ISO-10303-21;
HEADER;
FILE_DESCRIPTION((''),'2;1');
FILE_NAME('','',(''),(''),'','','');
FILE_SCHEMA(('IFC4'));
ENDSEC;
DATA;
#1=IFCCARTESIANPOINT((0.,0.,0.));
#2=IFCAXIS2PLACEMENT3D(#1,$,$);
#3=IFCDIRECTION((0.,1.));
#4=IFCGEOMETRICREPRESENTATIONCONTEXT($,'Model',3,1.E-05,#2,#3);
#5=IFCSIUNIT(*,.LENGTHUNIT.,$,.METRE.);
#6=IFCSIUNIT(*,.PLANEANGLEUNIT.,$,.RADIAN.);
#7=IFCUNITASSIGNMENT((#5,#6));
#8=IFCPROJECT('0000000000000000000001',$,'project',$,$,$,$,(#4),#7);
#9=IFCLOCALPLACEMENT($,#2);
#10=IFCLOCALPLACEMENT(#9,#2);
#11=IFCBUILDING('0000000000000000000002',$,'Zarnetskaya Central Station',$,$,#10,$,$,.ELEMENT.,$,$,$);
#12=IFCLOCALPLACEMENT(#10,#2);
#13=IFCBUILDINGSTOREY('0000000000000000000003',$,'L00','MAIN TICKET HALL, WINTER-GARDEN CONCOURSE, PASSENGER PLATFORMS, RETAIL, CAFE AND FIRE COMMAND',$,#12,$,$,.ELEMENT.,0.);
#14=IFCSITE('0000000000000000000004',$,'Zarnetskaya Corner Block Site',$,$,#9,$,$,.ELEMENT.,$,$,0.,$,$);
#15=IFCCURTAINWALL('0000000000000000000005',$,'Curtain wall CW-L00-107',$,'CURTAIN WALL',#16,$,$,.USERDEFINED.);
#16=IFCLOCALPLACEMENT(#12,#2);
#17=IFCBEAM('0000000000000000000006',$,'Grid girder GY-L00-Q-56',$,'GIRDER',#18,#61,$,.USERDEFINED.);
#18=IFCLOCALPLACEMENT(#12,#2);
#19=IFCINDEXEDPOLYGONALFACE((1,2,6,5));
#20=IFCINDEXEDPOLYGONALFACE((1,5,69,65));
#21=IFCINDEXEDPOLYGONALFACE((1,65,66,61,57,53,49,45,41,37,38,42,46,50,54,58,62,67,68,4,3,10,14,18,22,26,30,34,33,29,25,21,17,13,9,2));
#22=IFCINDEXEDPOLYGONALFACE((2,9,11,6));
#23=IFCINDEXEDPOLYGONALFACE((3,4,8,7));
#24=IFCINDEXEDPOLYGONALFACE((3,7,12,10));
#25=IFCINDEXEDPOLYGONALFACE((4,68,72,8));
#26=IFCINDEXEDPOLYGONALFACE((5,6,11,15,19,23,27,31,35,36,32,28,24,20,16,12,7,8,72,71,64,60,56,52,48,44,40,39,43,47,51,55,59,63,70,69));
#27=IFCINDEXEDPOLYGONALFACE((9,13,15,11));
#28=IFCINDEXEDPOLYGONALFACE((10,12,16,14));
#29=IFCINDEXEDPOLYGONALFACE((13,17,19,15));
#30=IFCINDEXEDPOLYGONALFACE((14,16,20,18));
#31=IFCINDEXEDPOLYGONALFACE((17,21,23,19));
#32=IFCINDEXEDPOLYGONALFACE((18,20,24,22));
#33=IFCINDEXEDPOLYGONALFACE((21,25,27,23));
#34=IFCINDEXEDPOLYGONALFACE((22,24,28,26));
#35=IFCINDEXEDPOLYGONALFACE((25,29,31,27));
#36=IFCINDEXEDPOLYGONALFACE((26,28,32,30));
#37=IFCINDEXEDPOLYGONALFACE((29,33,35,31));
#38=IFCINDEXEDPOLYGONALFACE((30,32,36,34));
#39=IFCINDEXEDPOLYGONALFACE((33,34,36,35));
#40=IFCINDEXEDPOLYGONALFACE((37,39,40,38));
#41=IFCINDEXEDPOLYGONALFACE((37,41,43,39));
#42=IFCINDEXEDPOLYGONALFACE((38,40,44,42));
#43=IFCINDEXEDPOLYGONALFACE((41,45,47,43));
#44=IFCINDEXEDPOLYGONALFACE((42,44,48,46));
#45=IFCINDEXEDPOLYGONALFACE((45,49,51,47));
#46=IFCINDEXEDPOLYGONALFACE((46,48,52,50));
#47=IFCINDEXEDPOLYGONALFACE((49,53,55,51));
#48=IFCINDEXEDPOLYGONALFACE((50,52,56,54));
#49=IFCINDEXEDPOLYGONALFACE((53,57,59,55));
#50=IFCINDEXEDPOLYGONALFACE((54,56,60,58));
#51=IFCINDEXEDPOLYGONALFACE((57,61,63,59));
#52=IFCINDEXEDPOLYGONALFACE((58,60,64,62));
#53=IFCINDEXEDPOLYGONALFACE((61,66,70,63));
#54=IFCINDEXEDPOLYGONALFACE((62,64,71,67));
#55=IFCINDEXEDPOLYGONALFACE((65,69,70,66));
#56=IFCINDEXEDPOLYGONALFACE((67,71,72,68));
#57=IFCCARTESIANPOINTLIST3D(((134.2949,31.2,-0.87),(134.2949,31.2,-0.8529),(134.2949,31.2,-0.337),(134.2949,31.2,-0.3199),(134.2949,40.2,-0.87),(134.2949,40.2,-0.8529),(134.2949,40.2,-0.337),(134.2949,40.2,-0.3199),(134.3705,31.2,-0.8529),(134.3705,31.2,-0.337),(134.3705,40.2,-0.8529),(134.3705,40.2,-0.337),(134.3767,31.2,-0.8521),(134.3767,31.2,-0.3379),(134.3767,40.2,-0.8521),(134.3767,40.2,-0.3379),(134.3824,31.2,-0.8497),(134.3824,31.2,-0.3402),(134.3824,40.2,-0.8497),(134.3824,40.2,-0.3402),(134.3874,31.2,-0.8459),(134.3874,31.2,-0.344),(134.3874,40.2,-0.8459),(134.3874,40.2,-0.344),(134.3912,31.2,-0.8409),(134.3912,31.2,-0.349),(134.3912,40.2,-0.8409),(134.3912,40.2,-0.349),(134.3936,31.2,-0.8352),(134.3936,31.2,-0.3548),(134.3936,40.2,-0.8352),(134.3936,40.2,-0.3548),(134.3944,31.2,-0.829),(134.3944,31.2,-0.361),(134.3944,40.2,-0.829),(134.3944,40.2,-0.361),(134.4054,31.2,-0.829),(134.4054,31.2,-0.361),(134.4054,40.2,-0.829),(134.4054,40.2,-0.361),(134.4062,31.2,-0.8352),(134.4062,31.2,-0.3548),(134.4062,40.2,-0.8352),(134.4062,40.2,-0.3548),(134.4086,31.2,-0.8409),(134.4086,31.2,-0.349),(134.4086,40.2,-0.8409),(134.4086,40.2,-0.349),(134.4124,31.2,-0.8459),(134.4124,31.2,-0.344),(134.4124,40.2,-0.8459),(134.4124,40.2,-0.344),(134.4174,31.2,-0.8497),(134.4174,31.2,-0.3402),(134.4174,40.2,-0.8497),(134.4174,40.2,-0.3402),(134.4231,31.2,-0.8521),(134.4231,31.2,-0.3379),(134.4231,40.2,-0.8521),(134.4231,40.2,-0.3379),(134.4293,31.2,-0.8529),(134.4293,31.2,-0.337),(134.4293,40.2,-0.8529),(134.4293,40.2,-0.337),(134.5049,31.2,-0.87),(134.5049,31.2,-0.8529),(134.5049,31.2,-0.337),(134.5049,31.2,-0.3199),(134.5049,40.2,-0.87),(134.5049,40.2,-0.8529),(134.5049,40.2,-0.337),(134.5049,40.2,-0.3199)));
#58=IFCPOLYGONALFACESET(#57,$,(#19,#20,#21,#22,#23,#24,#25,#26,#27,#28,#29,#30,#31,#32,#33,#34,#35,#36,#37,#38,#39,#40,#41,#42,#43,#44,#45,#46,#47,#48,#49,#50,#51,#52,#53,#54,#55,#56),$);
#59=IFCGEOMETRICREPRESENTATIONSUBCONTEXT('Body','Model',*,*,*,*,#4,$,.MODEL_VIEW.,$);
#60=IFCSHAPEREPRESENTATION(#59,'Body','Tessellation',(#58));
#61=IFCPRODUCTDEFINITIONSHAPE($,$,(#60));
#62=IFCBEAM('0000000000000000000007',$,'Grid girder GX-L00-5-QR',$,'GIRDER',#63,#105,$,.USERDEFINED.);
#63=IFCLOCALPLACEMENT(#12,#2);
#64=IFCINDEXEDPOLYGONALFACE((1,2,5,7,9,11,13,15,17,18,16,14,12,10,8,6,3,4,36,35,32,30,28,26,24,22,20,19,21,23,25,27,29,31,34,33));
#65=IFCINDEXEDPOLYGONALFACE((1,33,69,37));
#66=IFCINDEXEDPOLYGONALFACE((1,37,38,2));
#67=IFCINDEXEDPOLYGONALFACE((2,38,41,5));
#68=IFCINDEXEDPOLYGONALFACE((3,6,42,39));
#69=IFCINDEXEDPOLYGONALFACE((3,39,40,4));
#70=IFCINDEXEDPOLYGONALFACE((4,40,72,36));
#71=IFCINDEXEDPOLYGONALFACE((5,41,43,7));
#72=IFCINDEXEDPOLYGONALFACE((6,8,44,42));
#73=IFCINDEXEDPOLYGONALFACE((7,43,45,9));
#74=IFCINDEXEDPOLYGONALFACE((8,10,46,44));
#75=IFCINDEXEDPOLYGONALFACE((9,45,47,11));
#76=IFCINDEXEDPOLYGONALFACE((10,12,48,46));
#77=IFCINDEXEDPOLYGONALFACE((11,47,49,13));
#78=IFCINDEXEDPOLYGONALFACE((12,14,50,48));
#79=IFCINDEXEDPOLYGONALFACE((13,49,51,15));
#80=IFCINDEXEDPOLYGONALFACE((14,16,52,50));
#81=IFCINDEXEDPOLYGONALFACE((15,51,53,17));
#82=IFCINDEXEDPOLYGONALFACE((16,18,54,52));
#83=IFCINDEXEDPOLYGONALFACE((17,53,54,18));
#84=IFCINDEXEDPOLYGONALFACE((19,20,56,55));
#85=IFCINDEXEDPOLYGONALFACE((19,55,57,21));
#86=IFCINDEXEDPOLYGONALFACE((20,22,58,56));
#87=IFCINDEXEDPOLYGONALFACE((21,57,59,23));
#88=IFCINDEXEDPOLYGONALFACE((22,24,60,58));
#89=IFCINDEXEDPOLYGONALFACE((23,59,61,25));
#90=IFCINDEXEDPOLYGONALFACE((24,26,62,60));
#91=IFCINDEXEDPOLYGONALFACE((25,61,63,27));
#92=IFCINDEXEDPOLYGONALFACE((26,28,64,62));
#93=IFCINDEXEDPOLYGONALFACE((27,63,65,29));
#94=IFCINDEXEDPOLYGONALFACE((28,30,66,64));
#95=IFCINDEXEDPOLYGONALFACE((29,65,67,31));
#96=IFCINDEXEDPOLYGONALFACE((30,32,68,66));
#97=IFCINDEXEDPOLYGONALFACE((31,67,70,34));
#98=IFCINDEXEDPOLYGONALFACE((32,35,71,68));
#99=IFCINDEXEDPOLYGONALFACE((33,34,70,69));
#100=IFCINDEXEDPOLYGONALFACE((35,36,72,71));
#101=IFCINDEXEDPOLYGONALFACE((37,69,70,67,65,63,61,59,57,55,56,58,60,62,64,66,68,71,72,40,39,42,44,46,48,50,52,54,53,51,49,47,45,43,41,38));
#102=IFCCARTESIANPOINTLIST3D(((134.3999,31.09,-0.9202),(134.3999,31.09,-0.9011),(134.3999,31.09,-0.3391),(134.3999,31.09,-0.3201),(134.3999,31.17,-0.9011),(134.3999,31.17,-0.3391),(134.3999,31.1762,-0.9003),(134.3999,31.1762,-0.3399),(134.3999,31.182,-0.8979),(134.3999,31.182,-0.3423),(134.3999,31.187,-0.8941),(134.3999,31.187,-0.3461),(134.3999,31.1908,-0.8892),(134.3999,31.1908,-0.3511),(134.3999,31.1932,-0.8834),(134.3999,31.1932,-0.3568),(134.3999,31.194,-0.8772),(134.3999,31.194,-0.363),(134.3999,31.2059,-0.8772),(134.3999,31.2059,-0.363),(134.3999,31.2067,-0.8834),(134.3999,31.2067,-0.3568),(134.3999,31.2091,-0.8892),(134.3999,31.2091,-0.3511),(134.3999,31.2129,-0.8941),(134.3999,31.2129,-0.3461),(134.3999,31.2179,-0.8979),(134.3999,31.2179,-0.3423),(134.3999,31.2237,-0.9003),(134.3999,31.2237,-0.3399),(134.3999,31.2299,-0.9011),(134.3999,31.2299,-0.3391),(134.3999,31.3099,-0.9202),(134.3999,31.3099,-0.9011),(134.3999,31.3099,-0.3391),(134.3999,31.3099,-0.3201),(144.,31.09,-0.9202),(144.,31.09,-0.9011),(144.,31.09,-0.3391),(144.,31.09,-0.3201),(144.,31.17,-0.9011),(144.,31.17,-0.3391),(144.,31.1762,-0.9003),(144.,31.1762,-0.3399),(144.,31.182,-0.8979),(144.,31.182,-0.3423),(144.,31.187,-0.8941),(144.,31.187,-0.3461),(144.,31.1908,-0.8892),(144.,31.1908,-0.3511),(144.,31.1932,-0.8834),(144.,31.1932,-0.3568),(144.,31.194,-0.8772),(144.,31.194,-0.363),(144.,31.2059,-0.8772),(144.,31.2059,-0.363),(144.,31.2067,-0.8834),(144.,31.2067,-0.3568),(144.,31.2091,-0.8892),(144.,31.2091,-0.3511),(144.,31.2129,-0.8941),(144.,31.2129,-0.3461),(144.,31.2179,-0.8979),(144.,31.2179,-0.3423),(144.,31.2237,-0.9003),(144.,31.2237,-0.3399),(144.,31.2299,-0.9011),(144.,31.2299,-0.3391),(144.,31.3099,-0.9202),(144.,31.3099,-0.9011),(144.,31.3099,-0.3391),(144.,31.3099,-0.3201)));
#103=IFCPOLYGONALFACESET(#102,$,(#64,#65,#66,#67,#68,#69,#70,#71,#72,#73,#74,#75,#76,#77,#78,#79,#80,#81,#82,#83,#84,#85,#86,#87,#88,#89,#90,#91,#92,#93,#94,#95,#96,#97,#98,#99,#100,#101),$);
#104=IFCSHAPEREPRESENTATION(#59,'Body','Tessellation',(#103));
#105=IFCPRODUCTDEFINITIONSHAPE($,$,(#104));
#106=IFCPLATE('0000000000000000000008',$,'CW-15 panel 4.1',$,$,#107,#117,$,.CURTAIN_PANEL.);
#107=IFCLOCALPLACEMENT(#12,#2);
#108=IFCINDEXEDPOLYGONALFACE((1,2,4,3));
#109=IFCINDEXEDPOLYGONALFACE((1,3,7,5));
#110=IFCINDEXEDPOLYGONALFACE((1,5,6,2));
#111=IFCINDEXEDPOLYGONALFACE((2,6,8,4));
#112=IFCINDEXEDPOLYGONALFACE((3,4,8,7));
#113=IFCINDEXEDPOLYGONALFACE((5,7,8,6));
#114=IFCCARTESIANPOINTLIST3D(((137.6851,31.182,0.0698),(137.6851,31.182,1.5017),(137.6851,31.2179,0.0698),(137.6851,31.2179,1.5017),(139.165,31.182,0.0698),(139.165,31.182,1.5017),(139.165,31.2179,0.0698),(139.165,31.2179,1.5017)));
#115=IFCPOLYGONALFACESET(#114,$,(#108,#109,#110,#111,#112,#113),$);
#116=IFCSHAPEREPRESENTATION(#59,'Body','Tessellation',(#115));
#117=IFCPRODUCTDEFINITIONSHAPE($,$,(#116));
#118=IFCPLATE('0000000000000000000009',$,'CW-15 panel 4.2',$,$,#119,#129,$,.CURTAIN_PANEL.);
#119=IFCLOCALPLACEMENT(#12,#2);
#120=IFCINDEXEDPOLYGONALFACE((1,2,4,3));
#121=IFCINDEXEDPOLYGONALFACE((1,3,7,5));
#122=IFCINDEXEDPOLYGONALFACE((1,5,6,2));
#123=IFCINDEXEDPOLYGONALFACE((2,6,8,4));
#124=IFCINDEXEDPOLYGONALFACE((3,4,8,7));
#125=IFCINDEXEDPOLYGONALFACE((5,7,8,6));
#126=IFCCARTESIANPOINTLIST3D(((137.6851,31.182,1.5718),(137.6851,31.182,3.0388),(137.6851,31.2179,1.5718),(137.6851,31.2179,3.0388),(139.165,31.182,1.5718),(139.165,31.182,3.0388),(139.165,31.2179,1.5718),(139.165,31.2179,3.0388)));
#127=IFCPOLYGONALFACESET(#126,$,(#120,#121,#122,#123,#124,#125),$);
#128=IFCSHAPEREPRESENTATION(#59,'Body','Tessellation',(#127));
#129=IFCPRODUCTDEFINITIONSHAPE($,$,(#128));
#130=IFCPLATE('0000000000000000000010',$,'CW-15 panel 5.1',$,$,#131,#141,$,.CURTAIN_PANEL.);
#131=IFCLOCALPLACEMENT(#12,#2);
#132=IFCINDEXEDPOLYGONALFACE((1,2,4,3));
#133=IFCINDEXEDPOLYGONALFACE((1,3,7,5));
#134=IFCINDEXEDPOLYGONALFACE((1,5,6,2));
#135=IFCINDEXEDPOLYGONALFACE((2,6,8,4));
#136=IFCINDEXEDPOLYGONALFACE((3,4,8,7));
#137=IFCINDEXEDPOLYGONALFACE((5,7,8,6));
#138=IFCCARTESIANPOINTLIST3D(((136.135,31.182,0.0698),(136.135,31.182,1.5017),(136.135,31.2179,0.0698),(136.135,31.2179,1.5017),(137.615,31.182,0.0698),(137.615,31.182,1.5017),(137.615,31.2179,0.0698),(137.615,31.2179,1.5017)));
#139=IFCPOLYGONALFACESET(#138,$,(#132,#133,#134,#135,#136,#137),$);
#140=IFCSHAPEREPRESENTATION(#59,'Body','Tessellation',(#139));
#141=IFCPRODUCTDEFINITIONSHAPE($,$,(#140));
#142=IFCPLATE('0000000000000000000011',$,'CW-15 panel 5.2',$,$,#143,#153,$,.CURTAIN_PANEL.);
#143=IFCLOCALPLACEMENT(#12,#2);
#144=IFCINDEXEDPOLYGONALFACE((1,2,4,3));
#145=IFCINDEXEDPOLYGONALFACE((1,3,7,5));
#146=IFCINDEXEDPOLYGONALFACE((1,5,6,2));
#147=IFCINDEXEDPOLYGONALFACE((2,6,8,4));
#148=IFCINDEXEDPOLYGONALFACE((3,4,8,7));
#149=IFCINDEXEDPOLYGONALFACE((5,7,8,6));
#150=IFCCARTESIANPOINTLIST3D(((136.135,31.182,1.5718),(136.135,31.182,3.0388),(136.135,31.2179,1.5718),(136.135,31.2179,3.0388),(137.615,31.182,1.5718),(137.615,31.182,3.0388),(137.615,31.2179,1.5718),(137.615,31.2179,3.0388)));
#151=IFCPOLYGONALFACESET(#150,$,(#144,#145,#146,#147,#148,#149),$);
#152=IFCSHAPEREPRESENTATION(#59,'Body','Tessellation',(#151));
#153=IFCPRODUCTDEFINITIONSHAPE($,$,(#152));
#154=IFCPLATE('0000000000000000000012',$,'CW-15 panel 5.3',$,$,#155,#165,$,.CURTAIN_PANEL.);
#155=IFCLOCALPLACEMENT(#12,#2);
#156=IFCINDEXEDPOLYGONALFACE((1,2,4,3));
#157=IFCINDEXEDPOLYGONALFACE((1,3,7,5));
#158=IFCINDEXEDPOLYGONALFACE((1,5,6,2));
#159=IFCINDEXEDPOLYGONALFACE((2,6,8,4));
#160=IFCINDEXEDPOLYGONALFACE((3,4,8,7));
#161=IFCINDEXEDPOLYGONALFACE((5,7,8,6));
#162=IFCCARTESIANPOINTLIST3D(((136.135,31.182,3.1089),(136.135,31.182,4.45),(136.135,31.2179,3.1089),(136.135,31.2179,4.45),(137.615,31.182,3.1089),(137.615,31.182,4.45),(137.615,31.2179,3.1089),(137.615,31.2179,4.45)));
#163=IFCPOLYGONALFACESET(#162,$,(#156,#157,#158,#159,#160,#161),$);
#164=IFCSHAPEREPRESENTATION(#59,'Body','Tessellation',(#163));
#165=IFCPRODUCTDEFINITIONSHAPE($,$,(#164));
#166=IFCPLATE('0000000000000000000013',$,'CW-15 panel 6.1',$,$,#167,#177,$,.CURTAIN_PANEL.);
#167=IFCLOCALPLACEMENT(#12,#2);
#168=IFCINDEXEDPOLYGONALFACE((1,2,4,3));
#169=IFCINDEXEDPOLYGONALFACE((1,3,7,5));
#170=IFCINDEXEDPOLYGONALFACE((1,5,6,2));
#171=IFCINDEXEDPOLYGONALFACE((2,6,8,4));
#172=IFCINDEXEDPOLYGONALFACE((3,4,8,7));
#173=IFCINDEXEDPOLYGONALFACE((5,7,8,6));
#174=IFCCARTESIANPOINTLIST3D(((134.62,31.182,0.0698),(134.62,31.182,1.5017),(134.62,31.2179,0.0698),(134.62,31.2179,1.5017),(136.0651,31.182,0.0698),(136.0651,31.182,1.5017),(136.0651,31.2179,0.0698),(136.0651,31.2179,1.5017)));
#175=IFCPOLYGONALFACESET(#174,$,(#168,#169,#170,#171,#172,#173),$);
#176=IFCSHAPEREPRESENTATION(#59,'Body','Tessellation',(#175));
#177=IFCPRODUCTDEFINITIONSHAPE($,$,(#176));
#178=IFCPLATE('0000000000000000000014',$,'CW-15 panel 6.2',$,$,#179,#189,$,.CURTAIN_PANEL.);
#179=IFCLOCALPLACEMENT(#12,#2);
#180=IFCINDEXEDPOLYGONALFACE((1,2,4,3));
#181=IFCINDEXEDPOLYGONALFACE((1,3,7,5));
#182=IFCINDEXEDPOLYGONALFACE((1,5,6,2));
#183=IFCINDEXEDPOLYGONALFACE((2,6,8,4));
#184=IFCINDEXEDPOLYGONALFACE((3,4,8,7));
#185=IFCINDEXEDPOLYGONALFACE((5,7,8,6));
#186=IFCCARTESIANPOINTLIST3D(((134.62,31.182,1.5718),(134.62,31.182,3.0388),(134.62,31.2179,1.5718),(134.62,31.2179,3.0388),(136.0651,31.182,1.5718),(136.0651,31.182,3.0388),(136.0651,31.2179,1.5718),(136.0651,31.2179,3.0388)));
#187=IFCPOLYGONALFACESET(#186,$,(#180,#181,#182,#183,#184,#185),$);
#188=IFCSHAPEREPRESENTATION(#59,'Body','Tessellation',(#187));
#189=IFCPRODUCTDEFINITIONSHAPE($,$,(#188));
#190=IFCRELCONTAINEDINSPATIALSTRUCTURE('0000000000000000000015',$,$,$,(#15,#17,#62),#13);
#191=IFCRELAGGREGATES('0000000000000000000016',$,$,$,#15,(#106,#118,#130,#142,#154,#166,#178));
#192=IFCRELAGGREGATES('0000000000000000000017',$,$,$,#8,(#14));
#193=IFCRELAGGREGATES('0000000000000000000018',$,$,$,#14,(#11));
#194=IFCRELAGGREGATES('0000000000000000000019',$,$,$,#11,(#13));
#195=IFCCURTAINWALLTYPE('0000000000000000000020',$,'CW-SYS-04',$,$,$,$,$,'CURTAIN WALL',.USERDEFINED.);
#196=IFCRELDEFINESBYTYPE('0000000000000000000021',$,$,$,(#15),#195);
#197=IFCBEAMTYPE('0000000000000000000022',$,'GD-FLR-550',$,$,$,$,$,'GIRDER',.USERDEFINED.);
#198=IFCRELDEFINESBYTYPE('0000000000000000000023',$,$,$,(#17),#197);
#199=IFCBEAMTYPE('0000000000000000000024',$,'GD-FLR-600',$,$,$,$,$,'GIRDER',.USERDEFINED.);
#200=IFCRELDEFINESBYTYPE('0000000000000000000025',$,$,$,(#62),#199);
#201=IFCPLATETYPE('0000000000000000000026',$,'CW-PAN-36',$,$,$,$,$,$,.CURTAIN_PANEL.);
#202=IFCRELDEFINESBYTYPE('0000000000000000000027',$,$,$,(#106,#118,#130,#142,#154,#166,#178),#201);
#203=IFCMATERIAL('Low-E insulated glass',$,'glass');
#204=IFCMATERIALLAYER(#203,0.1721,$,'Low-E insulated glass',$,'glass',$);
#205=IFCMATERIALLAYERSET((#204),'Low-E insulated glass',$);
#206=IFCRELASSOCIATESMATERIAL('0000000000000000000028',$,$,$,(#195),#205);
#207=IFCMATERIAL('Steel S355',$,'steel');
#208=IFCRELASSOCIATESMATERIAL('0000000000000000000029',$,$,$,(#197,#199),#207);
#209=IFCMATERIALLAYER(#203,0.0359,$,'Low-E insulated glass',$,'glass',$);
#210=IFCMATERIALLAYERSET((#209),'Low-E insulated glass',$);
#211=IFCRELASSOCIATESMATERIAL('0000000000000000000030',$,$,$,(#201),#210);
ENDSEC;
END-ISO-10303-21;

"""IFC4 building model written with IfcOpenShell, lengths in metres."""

from ifc_helpers import new_model, si_unit, direction, frame, origin, origin_2d, place, context, subcontext, project, spatial, rectangle, i_section, extrude, material, layer, layer_set, material_profile, profile_set, type_object, element, aggregate, save


model = new_model("IFC4")

# Units and contexts
model_context = context("Model", 3, precision=1e-05, world=origin(), true_north=direction((0.0, 1.0)))
body_context = subcontext(model_context, "Body", "Model", "MODEL_VIEW")
ifc_project = project(units=[si_unit("LENGTHUNIT", "METRE"), si_unit("PLANEANGLEUNIT", "RADIAN")], contexts=[model_context])

# Site, building, storey
site_placement = place(None, origin())
site = spatial("IfcSite", under=ifc_project, at=site_placement, Name="Zarnetskaya Corner Block Site", CompositionType="ELEMENT", RefElevation=0.0)
building_placement = place(site_placement, origin())
building = spatial("IfcBuilding", under=site, at=building_placement, Name="Zarnetskaya Central Station", CompositionType="ELEMENT")
storey_placement = place(building_placement, origin())
storey = spatial("IfcBuildingStorey", under=building, at=storey_placement, Name="L00", Description="MAIN TICKET HALL, WINTER-GARDEN CONCOURSE, PASSENGER PLATFORMS, RETAIL, CAFE AND FIRE COMMAND", CompositionType="ELEMENT", Elevation=0.0)

# Shared definitions
ifc_material_1 = material(Name="Steel S355", Category="steel")

# Curtain wall
ifc_material_2 = material(Name="Low-E insulated glass", Category="glass")
ifc_layer_1 = layer(ifc_material_2, 0.1721, Name="Low-E insulated glass", Category="glass")
ifc_layer_set_1 = layer_set([ifc_layer_1], Name="Low-E insulated glass")
curtain_wall_type = type_object("IfcCurtainWallType", Name="CW-SYS-04", ElementType="CURTAIN WALL", PredefinedType="USERDEFINED", material=ifc_layer_set_1)
curtain_wall_placement = place(storey_placement, origin())
curtain_wall = element("IfcCurtainWall", 1, at=curtain_wall_placement, inside=storey, type_object=curtain_wall_type, Name="Curtain wall CW-L00-107", ObjectType="CURTAIN WALL", PredefinedType="USERDEFINED")

# Beams
ifc_material_profile_1 = material_profile(ifc_material_1, i_section(OverallWidth=0.21, OverallDepth=0.55, WebThickness=0.011, FlangeThickness=0.0171, FilletRadius=0.0239, at=origin_2d()), Name="IPE 550")
ifc_profile_set_1 = profile_set([ifc_material_profile_1], Name="Steel S355")
beam_type_1 = type_object("IfcBeamType", Name="GD-FLR-550", ElementType="GIRDER", PredefinedType="USERDEFINED", material=ifc_profile_set_1)
beam_1_placement = place(storey_placement, frame((134.3999, 31.2, -0.595), z_axis=(0.0, 1.0, 0.0), x_axis=(-1.0, 0.0, 0.0)))
element("IfcBeam", 2, at=beam_1_placement, inside=storey, type_object=beam_type_1, Name="Grid girder GY-L00-Q-56", ObjectType="GIRDER", PredefinedType="USERDEFINED", context=body_context, shape_type="SweptSolid", body=[
    extrude(i_section(OverallWidth=0.21, OverallDepth=0.55, WebThickness=0.011, FlangeThickness=0.0171, FilletRadius=0.0239, at=origin_2d()), origin(), (0.0, 0.0, 1.0), 9.0),
])
ifc_material_profile_2 = material_profile(ifc_material_1, i_section(OverallWidth=0.22, OverallDepth=0.6001, WebThickness=0.012, FlangeThickness=0.019, FilletRadius=0.0239, at=origin_2d()), Name="IPE 600")
ifc_profile_set_2 = profile_set([ifc_material_profile_2], Name="Steel S355")
beam_type_2 = type_object("IfcBeamType", Name="GD-FLR-600", ElementType="GIRDER", PredefinedType="USERDEFINED", material=ifc_profile_set_2)
beam_2_placement = place(storey_placement, frame((134.3999, 31.2, -0.6201), z_axis=(1.0, 0.0, 0.0), x_axis=(0.0, 1.0, 0.0)))
element("IfcBeam", 3, at=beam_2_placement, inside=storey, type_object=beam_type_2, Name="Grid girder GX-L00-5-QR", ObjectType="GIRDER", PredefinedType="USERDEFINED", context=body_context, shape_type="SweptSolid", body=[
    extrude(i_section(OverallWidth=0.22, OverallDepth=0.6001, WebThickness=0.012, FlangeThickness=0.019, FilletRadius=0.0239, at=origin_2d()), origin(), (0.0, 0.0, 1.0), 9.6001),
])

# Plates
ifc_layer_2 = layer(ifc_material_2, 0.0359, Name="Low-E insulated glass", Category="glass")
ifc_layer_set_2 = layer_set([ifc_layer_2], Name="Low-E insulated glass")
plate_type = type_object("IfcPlateType", Name="CW-PAN-36", PredefinedType="CURTAIN_PANEL", material=ifc_layer_set_2)
plate_1_placement = place(storey_placement, frame((138.425, 31.2, 0.0698), z_axis=(0.0, 0.0, 1.0), x_axis=(-1.0, 0.0, 0.0)))
plate_1 = element("IfcPlate", 4, at=plate_1_placement, type_object=plate_type, Name="CW-15 panel 4.1", PredefinedType="CURTAIN_PANEL", context=body_context, shape_type="SweptSolid", body=[
    extrude(rectangle(XDim=1.48, YDim=0.0359, at=origin_2d()), origin(), (0.0, 0.0, 1.0), 1.4319),
])
plate_2_placement = place(storey_placement, frame((138.425, 31.2, 1.5718), z_axis=(0.0, 0.0, 1.0), x_axis=(-1.0, 0.0, 0.0)))
plate_2 = element("IfcPlate", 5, at=plate_2_placement, type_object=plate_type, Name="CW-15 panel 4.2", PredefinedType="CURTAIN_PANEL", context=body_context, shape_type="SweptSolid", body=[
    extrude(rectangle(XDim=1.48, YDim=0.0359, at=origin_2d()), origin(), (0.0, 0.0, 1.0), 1.467),
])
plate_3_placement = place(storey_placement, frame((136.875, 31.2, 0.0698), z_axis=(0.0, 0.0, 1.0), x_axis=(-1.0, 0.0, 0.0)))
plate_3 = element("IfcPlate", 6, at=plate_3_placement, type_object=plate_type, Name="CW-15 panel 5.1", PredefinedType="CURTAIN_PANEL", context=body_context, shape_type="SweptSolid", body=[
    extrude(rectangle(XDim=1.48, YDim=0.0359, at=origin_2d()), origin(), (0.0, 0.0, 1.0), 1.4319),
])
plate_4_placement = place(storey_placement, frame((136.875, 31.2, 1.5718), z_axis=(0.0, 0.0, 1.0), x_axis=(-1.0, 0.0, 0.0)))
plate_4 = element("IfcPlate", 7, at=plate_4_placement, type_object=plate_type, Name="CW-15 panel 5.2", PredefinedType="CURTAIN_PANEL", context=body_context, shape_type="SweptSolid", body=[
    extrude(rectangle(XDim=1.48, YDim=0.0359, at=origin_2d()), origin(), (0.0, 0.0, 1.0), 1.467),
])
plate_5_placement = place(storey_placement, frame((136.875, 31.2, 3.1089), z_axis=(0.0, 0.0, 1.0), x_axis=(-1.0, 0.0, 0.0)))
plate_5 = element("IfcPlate", 8, at=plate_5_placement, type_object=plate_type, Name="CW-15 panel 5.3", PredefinedType="CURTAIN_PANEL", context=body_context, shape_type="SweptSolid", body=[
    extrude(rectangle(XDim=1.48, YDim=0.0359, at=origin_2d()), origin(), (0.0, 0.0, 1.0), 1.3411),
])
plate_6_placement = place(storey_placement, frame((135.3425, 31.2, 0.0698), z_axis=(0.0, 0.0, 1.0), x_axis=(-1.0, 0.0, 0.0)))
plate_6 = element("IfcPlate", 9, at=plate_6_placement, type_object=plate_type, Name="CW-15 panel 6.1", PredefinedType="CURTAIN_PANEL", context=body_context, shape_type="SweptSolid", body=[
    extrude(rectangle(XDim=1.4451, YDim=0.0359, at=origin_2d()), origin(), (0.0, 0.0, 1.0), 1.4319),
])
plate_7_placement = place(storey_placement, frame((135.3425, 31.2, 1.5718), z_axis=(0.0, 0.0, 1.0), x_axis=(-1.0, 0.0, 0.0)))
plate_7 = element("IfcPlate", 10, at=plate_7_placement, type_object=plate_type, Name="CW-15 panel 6.2", PredefinedType="CURTAIN_PANEL", context=body_context, shape_type="SweptSolid", body=[
    extrude(rectangle(XDim=1.4451, YDim=0.0359, at=origin_2d()), origin(), (0.0, 0.0, 1.0), 1.467),
])
aggregate(curtain_wall, [plate_1, plate_2, plate_3, plate_4, plate_5, plate_6, plate_7])

save(model, "model.ifc")
